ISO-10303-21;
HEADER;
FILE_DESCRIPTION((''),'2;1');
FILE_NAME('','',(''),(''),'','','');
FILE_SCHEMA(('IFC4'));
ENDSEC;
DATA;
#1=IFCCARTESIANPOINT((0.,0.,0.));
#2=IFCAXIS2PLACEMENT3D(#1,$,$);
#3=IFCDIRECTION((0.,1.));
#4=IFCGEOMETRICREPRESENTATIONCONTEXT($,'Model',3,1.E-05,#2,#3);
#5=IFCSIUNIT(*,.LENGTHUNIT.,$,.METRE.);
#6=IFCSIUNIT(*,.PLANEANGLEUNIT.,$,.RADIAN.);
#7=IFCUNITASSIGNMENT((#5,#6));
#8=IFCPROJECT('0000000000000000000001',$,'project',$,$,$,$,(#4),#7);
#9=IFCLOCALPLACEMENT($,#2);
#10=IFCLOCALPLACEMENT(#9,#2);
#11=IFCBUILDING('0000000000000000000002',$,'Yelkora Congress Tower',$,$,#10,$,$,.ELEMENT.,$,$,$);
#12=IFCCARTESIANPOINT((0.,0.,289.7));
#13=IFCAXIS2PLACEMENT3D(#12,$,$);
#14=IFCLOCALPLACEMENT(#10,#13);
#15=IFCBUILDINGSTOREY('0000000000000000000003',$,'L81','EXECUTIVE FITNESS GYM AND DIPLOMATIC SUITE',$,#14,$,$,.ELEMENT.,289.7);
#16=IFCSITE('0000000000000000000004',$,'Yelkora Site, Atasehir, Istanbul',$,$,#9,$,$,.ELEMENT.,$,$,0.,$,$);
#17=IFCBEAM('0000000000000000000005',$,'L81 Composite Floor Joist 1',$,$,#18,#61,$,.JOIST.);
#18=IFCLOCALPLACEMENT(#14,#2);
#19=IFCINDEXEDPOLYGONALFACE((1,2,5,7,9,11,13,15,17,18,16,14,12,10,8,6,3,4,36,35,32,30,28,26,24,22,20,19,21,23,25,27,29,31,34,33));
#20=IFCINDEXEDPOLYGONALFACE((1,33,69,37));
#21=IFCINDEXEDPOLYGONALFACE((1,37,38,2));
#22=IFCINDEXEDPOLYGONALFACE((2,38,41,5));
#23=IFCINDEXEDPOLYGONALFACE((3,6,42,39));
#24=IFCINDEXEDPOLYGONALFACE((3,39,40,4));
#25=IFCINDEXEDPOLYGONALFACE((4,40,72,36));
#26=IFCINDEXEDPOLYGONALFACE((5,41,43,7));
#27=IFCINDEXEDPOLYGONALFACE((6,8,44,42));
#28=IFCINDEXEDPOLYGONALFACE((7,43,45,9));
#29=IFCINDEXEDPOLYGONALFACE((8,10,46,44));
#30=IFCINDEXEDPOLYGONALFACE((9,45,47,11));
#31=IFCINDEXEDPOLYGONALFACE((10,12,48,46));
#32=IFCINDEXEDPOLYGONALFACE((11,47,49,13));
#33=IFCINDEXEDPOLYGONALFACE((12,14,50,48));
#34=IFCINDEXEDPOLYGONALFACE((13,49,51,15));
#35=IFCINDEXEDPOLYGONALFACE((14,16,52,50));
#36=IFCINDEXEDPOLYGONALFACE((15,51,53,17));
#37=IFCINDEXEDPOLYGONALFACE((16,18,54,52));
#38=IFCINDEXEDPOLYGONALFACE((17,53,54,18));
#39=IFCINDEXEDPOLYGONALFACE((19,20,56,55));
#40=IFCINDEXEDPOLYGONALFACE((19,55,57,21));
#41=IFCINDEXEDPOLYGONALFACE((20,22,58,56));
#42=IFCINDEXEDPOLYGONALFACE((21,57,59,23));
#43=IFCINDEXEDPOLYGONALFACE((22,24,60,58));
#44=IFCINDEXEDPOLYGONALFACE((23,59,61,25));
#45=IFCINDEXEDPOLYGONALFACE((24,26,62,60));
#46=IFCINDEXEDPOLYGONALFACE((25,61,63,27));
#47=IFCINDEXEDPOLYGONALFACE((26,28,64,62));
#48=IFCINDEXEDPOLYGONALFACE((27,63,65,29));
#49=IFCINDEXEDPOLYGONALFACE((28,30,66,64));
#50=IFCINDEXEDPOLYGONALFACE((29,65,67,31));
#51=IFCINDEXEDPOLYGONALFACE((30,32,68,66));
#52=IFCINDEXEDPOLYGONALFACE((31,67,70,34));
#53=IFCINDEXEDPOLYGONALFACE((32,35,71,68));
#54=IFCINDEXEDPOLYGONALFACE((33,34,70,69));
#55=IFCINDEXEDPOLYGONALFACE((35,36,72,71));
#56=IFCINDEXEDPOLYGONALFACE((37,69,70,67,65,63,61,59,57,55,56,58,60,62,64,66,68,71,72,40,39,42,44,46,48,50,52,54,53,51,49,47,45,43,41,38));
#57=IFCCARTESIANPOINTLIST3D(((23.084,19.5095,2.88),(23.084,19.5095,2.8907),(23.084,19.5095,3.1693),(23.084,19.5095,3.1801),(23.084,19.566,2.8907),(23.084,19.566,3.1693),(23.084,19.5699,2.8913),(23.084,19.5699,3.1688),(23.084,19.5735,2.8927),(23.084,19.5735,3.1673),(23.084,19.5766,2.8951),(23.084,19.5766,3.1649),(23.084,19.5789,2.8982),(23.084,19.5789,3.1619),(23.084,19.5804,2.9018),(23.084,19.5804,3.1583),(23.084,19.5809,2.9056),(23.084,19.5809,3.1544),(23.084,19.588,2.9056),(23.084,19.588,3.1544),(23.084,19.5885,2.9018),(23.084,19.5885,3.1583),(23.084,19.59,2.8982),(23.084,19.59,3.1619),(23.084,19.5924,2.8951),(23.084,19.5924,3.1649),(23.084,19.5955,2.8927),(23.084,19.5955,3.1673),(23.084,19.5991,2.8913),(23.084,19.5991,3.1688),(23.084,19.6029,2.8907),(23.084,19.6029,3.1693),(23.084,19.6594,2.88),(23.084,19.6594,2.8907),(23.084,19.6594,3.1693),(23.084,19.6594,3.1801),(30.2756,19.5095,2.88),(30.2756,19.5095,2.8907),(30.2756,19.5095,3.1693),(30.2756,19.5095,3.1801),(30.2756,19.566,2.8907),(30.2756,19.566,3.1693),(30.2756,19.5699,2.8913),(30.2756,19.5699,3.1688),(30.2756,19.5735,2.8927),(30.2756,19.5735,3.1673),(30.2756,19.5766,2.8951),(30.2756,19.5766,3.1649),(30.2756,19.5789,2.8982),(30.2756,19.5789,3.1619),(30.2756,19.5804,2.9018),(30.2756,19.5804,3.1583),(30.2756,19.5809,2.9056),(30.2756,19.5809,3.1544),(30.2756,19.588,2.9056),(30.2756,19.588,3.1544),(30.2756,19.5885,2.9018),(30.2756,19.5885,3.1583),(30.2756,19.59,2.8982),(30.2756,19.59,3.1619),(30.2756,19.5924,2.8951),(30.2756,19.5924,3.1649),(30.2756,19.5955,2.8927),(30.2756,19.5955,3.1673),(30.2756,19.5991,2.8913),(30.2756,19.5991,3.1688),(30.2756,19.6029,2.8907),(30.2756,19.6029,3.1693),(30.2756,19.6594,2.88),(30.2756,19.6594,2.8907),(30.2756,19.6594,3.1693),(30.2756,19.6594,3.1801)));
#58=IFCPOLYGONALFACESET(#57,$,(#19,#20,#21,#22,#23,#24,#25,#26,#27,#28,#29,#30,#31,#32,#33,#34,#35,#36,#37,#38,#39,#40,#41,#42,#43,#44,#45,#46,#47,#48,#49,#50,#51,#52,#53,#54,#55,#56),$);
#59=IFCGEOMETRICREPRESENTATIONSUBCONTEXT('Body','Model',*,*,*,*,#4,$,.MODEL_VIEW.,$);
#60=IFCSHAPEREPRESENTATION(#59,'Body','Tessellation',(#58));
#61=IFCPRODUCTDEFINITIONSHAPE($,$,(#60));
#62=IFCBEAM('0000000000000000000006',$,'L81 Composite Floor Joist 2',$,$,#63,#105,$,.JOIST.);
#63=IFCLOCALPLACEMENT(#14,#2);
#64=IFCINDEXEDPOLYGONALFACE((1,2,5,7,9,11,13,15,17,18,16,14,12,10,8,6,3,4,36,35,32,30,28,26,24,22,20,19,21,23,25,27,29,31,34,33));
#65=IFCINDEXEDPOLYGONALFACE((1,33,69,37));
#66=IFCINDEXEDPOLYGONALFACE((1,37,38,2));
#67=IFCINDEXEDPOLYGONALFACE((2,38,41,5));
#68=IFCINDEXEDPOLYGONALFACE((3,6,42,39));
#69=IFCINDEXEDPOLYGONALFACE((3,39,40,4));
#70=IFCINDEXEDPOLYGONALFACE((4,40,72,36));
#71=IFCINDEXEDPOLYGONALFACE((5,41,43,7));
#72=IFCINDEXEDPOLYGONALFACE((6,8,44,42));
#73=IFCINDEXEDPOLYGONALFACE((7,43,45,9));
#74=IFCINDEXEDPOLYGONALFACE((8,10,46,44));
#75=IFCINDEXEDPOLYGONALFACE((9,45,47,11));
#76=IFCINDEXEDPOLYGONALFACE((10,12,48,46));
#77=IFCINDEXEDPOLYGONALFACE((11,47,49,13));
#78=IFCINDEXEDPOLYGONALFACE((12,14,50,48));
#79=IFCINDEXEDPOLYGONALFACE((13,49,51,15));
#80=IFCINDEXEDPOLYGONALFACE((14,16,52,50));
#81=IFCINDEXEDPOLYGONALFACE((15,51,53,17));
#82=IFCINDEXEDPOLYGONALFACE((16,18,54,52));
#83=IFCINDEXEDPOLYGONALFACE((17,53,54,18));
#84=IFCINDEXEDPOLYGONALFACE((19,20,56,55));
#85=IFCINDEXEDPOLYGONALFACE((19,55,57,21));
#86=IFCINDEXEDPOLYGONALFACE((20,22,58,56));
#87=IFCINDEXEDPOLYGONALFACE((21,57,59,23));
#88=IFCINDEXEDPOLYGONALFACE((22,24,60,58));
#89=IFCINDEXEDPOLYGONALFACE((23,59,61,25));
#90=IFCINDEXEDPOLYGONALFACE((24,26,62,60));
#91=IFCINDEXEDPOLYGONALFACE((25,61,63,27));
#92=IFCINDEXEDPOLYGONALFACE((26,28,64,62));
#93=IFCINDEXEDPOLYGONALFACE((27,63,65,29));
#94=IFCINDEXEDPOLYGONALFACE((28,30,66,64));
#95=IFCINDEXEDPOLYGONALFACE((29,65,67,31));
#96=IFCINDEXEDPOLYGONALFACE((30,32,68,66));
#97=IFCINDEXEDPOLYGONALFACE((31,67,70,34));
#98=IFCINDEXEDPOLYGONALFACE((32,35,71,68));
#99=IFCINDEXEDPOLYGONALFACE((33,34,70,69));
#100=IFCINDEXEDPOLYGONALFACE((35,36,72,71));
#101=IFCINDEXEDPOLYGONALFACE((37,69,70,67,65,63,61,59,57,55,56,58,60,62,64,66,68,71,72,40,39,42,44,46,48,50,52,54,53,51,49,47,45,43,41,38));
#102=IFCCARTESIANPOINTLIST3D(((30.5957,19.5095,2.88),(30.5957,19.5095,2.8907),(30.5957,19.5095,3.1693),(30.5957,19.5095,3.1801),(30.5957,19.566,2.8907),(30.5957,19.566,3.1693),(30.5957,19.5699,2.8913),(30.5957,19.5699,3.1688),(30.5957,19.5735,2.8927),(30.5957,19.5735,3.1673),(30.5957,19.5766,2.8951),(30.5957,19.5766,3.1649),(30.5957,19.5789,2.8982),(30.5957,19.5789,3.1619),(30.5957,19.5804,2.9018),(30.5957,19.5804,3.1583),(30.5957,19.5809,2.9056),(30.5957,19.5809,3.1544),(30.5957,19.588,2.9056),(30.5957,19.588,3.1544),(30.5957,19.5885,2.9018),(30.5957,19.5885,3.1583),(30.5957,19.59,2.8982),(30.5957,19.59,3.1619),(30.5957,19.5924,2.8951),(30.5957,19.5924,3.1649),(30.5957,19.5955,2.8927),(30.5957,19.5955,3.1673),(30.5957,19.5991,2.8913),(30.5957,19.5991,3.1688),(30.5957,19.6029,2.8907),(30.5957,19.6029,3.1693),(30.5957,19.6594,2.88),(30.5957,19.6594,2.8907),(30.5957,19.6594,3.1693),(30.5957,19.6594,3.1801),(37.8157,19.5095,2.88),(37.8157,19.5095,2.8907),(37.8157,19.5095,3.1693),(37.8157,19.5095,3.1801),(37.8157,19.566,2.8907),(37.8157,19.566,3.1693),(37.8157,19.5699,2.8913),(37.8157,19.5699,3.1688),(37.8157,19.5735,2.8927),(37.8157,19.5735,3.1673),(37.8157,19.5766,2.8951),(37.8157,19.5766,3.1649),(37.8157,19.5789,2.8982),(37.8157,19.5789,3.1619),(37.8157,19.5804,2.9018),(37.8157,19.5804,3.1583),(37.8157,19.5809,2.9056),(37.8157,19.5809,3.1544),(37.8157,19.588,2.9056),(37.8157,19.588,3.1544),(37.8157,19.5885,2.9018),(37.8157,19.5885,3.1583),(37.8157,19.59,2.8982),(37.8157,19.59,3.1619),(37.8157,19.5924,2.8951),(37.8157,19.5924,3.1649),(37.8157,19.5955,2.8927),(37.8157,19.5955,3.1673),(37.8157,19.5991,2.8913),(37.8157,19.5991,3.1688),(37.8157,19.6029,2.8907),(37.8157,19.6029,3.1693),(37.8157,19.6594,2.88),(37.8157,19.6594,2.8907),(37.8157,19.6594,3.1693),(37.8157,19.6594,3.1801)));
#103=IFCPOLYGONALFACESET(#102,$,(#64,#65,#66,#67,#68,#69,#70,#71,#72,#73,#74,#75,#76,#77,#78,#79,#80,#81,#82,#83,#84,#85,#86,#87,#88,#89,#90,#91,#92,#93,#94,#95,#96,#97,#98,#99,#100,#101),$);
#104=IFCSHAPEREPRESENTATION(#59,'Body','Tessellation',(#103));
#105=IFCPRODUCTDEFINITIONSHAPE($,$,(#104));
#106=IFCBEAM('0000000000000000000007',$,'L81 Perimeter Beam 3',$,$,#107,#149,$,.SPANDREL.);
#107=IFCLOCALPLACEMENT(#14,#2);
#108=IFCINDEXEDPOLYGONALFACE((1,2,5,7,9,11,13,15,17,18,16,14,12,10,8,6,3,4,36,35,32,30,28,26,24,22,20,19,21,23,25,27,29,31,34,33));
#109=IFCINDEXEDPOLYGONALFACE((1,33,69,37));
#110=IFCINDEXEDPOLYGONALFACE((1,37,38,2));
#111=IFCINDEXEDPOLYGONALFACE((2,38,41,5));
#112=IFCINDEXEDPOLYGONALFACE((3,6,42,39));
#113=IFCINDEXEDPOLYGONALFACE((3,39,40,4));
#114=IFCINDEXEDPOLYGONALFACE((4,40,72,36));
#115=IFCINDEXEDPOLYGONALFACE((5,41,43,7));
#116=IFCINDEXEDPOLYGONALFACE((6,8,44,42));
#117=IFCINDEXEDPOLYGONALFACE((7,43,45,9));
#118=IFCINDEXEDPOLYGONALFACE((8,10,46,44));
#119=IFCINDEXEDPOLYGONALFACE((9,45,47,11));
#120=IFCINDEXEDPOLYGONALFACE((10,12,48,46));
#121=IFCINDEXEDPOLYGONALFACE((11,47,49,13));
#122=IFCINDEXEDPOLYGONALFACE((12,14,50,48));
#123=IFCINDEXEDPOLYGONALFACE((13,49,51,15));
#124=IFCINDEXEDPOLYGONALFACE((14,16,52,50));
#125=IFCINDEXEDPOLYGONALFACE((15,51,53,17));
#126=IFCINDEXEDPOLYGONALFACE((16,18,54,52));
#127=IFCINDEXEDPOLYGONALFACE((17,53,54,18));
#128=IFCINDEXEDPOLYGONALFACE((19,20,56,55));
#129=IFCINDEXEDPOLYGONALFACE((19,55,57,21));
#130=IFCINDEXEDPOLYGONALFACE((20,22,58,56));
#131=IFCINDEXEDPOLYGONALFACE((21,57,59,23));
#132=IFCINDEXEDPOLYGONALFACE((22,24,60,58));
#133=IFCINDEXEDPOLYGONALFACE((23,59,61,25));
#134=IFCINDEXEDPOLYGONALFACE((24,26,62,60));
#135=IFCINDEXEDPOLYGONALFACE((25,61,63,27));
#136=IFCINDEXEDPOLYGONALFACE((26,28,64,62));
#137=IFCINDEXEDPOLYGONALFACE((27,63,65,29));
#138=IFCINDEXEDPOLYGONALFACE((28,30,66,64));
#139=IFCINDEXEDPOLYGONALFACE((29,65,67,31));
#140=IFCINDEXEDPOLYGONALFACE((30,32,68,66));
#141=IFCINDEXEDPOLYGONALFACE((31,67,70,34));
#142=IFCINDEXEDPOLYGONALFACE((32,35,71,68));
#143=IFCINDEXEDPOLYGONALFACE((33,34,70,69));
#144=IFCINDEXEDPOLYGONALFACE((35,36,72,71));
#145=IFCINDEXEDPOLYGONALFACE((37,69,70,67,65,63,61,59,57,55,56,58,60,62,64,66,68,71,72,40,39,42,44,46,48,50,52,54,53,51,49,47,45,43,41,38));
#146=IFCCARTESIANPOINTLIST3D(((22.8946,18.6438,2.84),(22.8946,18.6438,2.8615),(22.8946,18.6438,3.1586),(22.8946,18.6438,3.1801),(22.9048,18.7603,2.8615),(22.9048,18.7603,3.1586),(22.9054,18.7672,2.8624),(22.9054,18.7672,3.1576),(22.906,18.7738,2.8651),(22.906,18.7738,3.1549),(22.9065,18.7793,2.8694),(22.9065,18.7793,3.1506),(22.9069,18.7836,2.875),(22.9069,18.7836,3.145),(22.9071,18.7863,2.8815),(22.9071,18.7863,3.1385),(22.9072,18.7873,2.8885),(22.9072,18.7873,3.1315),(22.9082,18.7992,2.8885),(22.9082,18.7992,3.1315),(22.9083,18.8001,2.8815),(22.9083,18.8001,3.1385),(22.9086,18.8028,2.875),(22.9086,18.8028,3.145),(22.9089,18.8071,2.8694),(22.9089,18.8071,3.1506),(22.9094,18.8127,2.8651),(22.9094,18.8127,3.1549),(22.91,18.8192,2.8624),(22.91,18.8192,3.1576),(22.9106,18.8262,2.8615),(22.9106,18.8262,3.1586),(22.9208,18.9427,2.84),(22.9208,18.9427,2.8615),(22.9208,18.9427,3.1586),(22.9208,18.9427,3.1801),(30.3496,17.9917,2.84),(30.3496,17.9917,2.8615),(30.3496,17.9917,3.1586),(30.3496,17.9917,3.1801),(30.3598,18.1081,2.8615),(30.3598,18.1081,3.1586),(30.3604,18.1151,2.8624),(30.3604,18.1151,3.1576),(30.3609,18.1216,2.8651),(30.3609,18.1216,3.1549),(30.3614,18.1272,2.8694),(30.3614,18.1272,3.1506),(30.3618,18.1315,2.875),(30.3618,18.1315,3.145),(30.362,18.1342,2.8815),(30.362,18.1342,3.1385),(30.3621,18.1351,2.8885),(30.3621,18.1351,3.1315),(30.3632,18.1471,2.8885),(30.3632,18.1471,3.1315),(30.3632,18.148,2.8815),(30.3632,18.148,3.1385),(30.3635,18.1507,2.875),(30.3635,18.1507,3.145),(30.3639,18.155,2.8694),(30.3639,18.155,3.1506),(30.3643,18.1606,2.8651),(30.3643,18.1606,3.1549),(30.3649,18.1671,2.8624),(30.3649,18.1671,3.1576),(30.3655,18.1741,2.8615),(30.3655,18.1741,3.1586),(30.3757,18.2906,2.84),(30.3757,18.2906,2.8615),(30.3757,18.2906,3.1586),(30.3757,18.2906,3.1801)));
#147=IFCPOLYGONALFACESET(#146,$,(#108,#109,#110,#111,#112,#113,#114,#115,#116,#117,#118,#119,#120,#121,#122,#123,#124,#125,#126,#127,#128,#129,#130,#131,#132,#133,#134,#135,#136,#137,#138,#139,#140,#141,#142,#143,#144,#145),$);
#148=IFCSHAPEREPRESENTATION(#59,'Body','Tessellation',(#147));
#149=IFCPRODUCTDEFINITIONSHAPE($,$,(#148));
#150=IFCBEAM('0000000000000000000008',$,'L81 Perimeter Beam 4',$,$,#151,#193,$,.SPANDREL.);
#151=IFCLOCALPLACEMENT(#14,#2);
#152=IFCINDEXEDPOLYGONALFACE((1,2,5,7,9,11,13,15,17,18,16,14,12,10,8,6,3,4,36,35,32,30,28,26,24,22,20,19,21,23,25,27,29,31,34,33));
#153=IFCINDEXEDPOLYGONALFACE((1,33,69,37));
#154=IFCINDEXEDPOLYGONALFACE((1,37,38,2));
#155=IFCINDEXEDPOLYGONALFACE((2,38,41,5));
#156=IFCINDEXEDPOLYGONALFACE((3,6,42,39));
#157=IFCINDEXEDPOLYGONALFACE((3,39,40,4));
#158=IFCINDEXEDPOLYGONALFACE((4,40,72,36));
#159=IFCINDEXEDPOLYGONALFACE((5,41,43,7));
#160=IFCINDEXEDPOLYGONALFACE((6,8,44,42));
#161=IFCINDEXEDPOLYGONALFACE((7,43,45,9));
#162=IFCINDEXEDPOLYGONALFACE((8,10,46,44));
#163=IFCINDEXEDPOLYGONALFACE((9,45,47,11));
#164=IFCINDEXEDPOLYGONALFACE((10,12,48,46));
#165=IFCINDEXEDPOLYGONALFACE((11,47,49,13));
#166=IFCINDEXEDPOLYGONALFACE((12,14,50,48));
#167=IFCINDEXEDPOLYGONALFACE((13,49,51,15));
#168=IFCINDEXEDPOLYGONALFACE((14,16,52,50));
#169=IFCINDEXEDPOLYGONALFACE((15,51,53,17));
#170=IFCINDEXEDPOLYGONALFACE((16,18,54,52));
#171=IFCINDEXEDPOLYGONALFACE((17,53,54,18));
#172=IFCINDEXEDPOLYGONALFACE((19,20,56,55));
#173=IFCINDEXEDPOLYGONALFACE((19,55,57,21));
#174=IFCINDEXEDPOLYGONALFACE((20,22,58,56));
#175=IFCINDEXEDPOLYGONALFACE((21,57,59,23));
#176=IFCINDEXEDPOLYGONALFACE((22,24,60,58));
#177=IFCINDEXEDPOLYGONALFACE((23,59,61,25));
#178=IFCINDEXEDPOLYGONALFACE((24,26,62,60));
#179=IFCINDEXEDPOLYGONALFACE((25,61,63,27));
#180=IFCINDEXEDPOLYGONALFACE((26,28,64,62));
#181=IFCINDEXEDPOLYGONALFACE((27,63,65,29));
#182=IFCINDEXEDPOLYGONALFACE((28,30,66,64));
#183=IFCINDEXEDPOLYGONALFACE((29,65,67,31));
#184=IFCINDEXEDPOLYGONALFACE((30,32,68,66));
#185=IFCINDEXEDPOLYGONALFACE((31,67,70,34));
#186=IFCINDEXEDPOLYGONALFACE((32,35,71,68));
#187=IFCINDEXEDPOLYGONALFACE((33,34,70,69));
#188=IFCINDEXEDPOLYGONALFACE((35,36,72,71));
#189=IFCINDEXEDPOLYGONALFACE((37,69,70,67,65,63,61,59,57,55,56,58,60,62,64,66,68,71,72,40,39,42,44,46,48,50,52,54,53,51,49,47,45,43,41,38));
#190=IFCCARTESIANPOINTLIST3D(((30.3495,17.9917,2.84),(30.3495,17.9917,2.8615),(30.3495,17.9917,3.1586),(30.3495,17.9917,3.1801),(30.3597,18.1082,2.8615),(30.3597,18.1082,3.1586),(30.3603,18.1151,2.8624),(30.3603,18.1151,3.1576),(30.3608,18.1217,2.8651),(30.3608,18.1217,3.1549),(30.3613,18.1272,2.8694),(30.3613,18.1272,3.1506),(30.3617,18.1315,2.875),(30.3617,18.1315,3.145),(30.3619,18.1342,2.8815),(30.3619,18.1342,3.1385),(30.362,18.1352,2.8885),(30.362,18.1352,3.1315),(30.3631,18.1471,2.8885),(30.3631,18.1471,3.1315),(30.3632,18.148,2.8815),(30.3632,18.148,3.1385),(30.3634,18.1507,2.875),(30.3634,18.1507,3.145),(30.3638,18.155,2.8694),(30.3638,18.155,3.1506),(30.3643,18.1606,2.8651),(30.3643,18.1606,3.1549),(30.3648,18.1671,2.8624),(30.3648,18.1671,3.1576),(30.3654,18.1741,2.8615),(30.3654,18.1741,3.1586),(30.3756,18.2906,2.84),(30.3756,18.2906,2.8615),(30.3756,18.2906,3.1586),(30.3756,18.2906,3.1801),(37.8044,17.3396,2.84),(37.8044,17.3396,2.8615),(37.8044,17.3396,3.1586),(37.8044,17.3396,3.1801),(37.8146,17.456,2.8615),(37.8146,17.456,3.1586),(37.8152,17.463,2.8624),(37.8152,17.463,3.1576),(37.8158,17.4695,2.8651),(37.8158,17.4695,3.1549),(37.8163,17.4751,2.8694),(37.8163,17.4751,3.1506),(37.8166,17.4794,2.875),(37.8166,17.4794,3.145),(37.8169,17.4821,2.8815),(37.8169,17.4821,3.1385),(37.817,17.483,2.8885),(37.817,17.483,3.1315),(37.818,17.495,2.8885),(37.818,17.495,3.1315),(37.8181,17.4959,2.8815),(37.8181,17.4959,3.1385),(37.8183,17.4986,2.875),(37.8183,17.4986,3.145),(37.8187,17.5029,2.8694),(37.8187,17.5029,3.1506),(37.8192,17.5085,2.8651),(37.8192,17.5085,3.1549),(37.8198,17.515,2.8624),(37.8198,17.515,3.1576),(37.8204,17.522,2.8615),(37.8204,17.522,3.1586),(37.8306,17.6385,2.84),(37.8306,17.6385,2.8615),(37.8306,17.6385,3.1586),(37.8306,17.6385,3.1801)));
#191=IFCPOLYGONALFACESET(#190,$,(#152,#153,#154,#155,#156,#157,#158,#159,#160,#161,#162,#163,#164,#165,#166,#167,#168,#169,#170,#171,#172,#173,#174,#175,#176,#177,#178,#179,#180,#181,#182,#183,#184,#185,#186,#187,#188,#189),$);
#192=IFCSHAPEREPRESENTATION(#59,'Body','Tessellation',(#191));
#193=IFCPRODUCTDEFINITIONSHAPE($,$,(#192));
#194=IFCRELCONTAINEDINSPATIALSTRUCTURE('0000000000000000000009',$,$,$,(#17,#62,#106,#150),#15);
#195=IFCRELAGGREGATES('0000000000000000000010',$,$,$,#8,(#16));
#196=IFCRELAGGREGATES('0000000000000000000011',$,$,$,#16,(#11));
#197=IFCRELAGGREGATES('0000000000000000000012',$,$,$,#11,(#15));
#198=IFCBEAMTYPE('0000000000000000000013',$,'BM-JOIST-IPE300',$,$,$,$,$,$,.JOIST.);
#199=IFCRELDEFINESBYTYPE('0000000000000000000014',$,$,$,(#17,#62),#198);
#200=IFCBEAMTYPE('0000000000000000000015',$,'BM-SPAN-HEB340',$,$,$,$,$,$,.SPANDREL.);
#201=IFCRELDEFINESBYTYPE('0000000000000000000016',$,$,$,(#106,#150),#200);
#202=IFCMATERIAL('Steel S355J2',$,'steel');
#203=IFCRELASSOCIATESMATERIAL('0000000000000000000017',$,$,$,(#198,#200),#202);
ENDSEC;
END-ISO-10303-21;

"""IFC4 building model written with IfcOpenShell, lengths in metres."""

from ifc_helpers import new_model, si_unit, direction, frame, origin, origin_2d, place, context, subcontext, project, spatial, i_section, extrude, material, material_profile, profile_set, type_object, element, save


model = new_model("IFC4")

# Units and contexts
model_context = context("Model", 3, precision=1e-05, world=origin(), true_north=direction((0.0, 1.0)))
body_context = subcontext(model_context, "Body", "Model", "MODEL_VIEW")
ifc_project = project(units=[si_unit("LENGTHUNIT", "METRE"), si_unit("PLANEANGLEUNIT", "RADIAN")], contexts=[model_context])

# Site, building, storey
site_placement = place(None, origin())
site = spatial("IfcSite", under=ifc_project, at=site_placement, Name="Yelkora Site, Atasehir, Istanbul", CompositionType="ELEMENT", RefElevation=0.0)
building_placement = place(site_placement, origin())
building = spatial("IfcBuilding", under=site, at=building_placement, Name="Yelkora Congress Tower", CompositionType="ELEMENT")
storey_placement = place(building_placement, frame((0.0, 0.0, 289.7)))
storey = spatial("IfcBuildingStorey", under=building, at=storey_placement, Name="L81", Description="EXECUTIVE FITNESS GYM AND DIPLOMATIC SUITE", CompositionType="ELEMENT", Elevation=289.7)

# Shared definitions
ifc_material_1 = material(Name="Steel S355J2", Category="steel")

# Beams
ifc_material_profile_1 = material_profile(ifc_material_1, i_section(OverallWidth=0.1499, OverallDepth=0.3, WebThickness=0.0071, FlangeThickness=0.0107, FilletRadius=0.0149, at=origin_2d()), Name="IPE 300")
ifc_profile_set_1 = profile_set([ifc_material_profile_1], Name="Steel S355J2")
beam_type_1 = type_object("IfcBeamType", Name="BM-JOIST-IPE300", PredefinedType="JOIST", material=ifc_profile_set_1)
beam_1_placement = place(storey_placement, frame((23.084, 19.5845, 3.03), z_axis=(1.0, 0.0, 0.0), x_axis=(0.0, 1.0, 0.0)))
element("IfcBeam", 1, at=beam_1_placement, inside=storey, type_object=beam_type_1, Name="L81 Composite Floor Joist 1", PredefinedType="JOIST", context=body_context, shape_type="SweptSolid", body=[
    extrude(i_section(OverallWidth=0.1499, OverallDepth=0.3, WebThickness=0.0071, FlangeThickness=0.0107, FilletRadius=0.0149, at=origin_2d()), origin(), (0.0, 0.0, 1.0), 7.1917),
])
beam_2_placement = place(storey_placement, frame((30.5957, 19.5845, 3.03), z_axis=(1.0, 0.0, 0.0), x_axis=(0.0, 1.0, 0.0)))
element("IfcBeam", 2, at=beam_2_placement, inside=storey, type_object=beam_type_1, Name="L81 Composite Floor Joist 2", PredefinedType="JOIST", context=body_context, shape_type="SweptSolid", body=[
    extrude(i_section(OverallWidth=0.1499, OverallDepth=0.3, WebThickness=0.0071, FlangeThickness=0.0107, FilletRadius=0.0149, at=origin_2d()), origin(), (0.0, 0.0, 1.0), 7.22),
])
ifc_material_profile_2 = material_profile(ifc_material_1, i_section(OverallWidth=0.3, OverallDepth=0.3401, WebThickness=0.012, FlangeThickness=0.0215, FilletRadius=0.0271, at=origin_2d()), Name="HEB 340")
ifc_profile_set_2 = profile_set([ifc_material_profile_2], Name="Steel S355J2")
beam_type_2 = type_object("IfcBeamType", Name="BM-SPAN-HEB340", PredefinedType="SPANDREL", material=ifc_profile_set_2)
for number, where, z_axis, x_axis, name in (
    (3, (22.9077, 18.7932, 3.01), (0.996196, -0.087141, 0.0), (0.087141, 0.996196, 0.0), "L81 Perimeter Beam 3"),
    (4, (30.3625, 18.1411, 3.01), (0.996196, -0.087141, 0.0), (0.087141, 0.996196, 0.0), "L81 Perimeter Beam 4"),
):
    element("IfcBeam", number, at=place(storey_placement, frame(where, z_axis=z_axis, x_axis=x_axis)), inside=storey, type_object=beam_type_2, Name=name, PredefinedType="SPANDREL", context=body_context, shape_type="SweptSolid", body=[
        extrude(i_section(OverallWidth=0.3, OverallDepth=0.3401, WebThickness=0.012, FlangeThickness=0.0215, FilletRadius=0.0271, at=origin_2d()), origin(), (0.0, 0.0, 1.0), 7.4834),
    ])

save(model, "model.ifc")
